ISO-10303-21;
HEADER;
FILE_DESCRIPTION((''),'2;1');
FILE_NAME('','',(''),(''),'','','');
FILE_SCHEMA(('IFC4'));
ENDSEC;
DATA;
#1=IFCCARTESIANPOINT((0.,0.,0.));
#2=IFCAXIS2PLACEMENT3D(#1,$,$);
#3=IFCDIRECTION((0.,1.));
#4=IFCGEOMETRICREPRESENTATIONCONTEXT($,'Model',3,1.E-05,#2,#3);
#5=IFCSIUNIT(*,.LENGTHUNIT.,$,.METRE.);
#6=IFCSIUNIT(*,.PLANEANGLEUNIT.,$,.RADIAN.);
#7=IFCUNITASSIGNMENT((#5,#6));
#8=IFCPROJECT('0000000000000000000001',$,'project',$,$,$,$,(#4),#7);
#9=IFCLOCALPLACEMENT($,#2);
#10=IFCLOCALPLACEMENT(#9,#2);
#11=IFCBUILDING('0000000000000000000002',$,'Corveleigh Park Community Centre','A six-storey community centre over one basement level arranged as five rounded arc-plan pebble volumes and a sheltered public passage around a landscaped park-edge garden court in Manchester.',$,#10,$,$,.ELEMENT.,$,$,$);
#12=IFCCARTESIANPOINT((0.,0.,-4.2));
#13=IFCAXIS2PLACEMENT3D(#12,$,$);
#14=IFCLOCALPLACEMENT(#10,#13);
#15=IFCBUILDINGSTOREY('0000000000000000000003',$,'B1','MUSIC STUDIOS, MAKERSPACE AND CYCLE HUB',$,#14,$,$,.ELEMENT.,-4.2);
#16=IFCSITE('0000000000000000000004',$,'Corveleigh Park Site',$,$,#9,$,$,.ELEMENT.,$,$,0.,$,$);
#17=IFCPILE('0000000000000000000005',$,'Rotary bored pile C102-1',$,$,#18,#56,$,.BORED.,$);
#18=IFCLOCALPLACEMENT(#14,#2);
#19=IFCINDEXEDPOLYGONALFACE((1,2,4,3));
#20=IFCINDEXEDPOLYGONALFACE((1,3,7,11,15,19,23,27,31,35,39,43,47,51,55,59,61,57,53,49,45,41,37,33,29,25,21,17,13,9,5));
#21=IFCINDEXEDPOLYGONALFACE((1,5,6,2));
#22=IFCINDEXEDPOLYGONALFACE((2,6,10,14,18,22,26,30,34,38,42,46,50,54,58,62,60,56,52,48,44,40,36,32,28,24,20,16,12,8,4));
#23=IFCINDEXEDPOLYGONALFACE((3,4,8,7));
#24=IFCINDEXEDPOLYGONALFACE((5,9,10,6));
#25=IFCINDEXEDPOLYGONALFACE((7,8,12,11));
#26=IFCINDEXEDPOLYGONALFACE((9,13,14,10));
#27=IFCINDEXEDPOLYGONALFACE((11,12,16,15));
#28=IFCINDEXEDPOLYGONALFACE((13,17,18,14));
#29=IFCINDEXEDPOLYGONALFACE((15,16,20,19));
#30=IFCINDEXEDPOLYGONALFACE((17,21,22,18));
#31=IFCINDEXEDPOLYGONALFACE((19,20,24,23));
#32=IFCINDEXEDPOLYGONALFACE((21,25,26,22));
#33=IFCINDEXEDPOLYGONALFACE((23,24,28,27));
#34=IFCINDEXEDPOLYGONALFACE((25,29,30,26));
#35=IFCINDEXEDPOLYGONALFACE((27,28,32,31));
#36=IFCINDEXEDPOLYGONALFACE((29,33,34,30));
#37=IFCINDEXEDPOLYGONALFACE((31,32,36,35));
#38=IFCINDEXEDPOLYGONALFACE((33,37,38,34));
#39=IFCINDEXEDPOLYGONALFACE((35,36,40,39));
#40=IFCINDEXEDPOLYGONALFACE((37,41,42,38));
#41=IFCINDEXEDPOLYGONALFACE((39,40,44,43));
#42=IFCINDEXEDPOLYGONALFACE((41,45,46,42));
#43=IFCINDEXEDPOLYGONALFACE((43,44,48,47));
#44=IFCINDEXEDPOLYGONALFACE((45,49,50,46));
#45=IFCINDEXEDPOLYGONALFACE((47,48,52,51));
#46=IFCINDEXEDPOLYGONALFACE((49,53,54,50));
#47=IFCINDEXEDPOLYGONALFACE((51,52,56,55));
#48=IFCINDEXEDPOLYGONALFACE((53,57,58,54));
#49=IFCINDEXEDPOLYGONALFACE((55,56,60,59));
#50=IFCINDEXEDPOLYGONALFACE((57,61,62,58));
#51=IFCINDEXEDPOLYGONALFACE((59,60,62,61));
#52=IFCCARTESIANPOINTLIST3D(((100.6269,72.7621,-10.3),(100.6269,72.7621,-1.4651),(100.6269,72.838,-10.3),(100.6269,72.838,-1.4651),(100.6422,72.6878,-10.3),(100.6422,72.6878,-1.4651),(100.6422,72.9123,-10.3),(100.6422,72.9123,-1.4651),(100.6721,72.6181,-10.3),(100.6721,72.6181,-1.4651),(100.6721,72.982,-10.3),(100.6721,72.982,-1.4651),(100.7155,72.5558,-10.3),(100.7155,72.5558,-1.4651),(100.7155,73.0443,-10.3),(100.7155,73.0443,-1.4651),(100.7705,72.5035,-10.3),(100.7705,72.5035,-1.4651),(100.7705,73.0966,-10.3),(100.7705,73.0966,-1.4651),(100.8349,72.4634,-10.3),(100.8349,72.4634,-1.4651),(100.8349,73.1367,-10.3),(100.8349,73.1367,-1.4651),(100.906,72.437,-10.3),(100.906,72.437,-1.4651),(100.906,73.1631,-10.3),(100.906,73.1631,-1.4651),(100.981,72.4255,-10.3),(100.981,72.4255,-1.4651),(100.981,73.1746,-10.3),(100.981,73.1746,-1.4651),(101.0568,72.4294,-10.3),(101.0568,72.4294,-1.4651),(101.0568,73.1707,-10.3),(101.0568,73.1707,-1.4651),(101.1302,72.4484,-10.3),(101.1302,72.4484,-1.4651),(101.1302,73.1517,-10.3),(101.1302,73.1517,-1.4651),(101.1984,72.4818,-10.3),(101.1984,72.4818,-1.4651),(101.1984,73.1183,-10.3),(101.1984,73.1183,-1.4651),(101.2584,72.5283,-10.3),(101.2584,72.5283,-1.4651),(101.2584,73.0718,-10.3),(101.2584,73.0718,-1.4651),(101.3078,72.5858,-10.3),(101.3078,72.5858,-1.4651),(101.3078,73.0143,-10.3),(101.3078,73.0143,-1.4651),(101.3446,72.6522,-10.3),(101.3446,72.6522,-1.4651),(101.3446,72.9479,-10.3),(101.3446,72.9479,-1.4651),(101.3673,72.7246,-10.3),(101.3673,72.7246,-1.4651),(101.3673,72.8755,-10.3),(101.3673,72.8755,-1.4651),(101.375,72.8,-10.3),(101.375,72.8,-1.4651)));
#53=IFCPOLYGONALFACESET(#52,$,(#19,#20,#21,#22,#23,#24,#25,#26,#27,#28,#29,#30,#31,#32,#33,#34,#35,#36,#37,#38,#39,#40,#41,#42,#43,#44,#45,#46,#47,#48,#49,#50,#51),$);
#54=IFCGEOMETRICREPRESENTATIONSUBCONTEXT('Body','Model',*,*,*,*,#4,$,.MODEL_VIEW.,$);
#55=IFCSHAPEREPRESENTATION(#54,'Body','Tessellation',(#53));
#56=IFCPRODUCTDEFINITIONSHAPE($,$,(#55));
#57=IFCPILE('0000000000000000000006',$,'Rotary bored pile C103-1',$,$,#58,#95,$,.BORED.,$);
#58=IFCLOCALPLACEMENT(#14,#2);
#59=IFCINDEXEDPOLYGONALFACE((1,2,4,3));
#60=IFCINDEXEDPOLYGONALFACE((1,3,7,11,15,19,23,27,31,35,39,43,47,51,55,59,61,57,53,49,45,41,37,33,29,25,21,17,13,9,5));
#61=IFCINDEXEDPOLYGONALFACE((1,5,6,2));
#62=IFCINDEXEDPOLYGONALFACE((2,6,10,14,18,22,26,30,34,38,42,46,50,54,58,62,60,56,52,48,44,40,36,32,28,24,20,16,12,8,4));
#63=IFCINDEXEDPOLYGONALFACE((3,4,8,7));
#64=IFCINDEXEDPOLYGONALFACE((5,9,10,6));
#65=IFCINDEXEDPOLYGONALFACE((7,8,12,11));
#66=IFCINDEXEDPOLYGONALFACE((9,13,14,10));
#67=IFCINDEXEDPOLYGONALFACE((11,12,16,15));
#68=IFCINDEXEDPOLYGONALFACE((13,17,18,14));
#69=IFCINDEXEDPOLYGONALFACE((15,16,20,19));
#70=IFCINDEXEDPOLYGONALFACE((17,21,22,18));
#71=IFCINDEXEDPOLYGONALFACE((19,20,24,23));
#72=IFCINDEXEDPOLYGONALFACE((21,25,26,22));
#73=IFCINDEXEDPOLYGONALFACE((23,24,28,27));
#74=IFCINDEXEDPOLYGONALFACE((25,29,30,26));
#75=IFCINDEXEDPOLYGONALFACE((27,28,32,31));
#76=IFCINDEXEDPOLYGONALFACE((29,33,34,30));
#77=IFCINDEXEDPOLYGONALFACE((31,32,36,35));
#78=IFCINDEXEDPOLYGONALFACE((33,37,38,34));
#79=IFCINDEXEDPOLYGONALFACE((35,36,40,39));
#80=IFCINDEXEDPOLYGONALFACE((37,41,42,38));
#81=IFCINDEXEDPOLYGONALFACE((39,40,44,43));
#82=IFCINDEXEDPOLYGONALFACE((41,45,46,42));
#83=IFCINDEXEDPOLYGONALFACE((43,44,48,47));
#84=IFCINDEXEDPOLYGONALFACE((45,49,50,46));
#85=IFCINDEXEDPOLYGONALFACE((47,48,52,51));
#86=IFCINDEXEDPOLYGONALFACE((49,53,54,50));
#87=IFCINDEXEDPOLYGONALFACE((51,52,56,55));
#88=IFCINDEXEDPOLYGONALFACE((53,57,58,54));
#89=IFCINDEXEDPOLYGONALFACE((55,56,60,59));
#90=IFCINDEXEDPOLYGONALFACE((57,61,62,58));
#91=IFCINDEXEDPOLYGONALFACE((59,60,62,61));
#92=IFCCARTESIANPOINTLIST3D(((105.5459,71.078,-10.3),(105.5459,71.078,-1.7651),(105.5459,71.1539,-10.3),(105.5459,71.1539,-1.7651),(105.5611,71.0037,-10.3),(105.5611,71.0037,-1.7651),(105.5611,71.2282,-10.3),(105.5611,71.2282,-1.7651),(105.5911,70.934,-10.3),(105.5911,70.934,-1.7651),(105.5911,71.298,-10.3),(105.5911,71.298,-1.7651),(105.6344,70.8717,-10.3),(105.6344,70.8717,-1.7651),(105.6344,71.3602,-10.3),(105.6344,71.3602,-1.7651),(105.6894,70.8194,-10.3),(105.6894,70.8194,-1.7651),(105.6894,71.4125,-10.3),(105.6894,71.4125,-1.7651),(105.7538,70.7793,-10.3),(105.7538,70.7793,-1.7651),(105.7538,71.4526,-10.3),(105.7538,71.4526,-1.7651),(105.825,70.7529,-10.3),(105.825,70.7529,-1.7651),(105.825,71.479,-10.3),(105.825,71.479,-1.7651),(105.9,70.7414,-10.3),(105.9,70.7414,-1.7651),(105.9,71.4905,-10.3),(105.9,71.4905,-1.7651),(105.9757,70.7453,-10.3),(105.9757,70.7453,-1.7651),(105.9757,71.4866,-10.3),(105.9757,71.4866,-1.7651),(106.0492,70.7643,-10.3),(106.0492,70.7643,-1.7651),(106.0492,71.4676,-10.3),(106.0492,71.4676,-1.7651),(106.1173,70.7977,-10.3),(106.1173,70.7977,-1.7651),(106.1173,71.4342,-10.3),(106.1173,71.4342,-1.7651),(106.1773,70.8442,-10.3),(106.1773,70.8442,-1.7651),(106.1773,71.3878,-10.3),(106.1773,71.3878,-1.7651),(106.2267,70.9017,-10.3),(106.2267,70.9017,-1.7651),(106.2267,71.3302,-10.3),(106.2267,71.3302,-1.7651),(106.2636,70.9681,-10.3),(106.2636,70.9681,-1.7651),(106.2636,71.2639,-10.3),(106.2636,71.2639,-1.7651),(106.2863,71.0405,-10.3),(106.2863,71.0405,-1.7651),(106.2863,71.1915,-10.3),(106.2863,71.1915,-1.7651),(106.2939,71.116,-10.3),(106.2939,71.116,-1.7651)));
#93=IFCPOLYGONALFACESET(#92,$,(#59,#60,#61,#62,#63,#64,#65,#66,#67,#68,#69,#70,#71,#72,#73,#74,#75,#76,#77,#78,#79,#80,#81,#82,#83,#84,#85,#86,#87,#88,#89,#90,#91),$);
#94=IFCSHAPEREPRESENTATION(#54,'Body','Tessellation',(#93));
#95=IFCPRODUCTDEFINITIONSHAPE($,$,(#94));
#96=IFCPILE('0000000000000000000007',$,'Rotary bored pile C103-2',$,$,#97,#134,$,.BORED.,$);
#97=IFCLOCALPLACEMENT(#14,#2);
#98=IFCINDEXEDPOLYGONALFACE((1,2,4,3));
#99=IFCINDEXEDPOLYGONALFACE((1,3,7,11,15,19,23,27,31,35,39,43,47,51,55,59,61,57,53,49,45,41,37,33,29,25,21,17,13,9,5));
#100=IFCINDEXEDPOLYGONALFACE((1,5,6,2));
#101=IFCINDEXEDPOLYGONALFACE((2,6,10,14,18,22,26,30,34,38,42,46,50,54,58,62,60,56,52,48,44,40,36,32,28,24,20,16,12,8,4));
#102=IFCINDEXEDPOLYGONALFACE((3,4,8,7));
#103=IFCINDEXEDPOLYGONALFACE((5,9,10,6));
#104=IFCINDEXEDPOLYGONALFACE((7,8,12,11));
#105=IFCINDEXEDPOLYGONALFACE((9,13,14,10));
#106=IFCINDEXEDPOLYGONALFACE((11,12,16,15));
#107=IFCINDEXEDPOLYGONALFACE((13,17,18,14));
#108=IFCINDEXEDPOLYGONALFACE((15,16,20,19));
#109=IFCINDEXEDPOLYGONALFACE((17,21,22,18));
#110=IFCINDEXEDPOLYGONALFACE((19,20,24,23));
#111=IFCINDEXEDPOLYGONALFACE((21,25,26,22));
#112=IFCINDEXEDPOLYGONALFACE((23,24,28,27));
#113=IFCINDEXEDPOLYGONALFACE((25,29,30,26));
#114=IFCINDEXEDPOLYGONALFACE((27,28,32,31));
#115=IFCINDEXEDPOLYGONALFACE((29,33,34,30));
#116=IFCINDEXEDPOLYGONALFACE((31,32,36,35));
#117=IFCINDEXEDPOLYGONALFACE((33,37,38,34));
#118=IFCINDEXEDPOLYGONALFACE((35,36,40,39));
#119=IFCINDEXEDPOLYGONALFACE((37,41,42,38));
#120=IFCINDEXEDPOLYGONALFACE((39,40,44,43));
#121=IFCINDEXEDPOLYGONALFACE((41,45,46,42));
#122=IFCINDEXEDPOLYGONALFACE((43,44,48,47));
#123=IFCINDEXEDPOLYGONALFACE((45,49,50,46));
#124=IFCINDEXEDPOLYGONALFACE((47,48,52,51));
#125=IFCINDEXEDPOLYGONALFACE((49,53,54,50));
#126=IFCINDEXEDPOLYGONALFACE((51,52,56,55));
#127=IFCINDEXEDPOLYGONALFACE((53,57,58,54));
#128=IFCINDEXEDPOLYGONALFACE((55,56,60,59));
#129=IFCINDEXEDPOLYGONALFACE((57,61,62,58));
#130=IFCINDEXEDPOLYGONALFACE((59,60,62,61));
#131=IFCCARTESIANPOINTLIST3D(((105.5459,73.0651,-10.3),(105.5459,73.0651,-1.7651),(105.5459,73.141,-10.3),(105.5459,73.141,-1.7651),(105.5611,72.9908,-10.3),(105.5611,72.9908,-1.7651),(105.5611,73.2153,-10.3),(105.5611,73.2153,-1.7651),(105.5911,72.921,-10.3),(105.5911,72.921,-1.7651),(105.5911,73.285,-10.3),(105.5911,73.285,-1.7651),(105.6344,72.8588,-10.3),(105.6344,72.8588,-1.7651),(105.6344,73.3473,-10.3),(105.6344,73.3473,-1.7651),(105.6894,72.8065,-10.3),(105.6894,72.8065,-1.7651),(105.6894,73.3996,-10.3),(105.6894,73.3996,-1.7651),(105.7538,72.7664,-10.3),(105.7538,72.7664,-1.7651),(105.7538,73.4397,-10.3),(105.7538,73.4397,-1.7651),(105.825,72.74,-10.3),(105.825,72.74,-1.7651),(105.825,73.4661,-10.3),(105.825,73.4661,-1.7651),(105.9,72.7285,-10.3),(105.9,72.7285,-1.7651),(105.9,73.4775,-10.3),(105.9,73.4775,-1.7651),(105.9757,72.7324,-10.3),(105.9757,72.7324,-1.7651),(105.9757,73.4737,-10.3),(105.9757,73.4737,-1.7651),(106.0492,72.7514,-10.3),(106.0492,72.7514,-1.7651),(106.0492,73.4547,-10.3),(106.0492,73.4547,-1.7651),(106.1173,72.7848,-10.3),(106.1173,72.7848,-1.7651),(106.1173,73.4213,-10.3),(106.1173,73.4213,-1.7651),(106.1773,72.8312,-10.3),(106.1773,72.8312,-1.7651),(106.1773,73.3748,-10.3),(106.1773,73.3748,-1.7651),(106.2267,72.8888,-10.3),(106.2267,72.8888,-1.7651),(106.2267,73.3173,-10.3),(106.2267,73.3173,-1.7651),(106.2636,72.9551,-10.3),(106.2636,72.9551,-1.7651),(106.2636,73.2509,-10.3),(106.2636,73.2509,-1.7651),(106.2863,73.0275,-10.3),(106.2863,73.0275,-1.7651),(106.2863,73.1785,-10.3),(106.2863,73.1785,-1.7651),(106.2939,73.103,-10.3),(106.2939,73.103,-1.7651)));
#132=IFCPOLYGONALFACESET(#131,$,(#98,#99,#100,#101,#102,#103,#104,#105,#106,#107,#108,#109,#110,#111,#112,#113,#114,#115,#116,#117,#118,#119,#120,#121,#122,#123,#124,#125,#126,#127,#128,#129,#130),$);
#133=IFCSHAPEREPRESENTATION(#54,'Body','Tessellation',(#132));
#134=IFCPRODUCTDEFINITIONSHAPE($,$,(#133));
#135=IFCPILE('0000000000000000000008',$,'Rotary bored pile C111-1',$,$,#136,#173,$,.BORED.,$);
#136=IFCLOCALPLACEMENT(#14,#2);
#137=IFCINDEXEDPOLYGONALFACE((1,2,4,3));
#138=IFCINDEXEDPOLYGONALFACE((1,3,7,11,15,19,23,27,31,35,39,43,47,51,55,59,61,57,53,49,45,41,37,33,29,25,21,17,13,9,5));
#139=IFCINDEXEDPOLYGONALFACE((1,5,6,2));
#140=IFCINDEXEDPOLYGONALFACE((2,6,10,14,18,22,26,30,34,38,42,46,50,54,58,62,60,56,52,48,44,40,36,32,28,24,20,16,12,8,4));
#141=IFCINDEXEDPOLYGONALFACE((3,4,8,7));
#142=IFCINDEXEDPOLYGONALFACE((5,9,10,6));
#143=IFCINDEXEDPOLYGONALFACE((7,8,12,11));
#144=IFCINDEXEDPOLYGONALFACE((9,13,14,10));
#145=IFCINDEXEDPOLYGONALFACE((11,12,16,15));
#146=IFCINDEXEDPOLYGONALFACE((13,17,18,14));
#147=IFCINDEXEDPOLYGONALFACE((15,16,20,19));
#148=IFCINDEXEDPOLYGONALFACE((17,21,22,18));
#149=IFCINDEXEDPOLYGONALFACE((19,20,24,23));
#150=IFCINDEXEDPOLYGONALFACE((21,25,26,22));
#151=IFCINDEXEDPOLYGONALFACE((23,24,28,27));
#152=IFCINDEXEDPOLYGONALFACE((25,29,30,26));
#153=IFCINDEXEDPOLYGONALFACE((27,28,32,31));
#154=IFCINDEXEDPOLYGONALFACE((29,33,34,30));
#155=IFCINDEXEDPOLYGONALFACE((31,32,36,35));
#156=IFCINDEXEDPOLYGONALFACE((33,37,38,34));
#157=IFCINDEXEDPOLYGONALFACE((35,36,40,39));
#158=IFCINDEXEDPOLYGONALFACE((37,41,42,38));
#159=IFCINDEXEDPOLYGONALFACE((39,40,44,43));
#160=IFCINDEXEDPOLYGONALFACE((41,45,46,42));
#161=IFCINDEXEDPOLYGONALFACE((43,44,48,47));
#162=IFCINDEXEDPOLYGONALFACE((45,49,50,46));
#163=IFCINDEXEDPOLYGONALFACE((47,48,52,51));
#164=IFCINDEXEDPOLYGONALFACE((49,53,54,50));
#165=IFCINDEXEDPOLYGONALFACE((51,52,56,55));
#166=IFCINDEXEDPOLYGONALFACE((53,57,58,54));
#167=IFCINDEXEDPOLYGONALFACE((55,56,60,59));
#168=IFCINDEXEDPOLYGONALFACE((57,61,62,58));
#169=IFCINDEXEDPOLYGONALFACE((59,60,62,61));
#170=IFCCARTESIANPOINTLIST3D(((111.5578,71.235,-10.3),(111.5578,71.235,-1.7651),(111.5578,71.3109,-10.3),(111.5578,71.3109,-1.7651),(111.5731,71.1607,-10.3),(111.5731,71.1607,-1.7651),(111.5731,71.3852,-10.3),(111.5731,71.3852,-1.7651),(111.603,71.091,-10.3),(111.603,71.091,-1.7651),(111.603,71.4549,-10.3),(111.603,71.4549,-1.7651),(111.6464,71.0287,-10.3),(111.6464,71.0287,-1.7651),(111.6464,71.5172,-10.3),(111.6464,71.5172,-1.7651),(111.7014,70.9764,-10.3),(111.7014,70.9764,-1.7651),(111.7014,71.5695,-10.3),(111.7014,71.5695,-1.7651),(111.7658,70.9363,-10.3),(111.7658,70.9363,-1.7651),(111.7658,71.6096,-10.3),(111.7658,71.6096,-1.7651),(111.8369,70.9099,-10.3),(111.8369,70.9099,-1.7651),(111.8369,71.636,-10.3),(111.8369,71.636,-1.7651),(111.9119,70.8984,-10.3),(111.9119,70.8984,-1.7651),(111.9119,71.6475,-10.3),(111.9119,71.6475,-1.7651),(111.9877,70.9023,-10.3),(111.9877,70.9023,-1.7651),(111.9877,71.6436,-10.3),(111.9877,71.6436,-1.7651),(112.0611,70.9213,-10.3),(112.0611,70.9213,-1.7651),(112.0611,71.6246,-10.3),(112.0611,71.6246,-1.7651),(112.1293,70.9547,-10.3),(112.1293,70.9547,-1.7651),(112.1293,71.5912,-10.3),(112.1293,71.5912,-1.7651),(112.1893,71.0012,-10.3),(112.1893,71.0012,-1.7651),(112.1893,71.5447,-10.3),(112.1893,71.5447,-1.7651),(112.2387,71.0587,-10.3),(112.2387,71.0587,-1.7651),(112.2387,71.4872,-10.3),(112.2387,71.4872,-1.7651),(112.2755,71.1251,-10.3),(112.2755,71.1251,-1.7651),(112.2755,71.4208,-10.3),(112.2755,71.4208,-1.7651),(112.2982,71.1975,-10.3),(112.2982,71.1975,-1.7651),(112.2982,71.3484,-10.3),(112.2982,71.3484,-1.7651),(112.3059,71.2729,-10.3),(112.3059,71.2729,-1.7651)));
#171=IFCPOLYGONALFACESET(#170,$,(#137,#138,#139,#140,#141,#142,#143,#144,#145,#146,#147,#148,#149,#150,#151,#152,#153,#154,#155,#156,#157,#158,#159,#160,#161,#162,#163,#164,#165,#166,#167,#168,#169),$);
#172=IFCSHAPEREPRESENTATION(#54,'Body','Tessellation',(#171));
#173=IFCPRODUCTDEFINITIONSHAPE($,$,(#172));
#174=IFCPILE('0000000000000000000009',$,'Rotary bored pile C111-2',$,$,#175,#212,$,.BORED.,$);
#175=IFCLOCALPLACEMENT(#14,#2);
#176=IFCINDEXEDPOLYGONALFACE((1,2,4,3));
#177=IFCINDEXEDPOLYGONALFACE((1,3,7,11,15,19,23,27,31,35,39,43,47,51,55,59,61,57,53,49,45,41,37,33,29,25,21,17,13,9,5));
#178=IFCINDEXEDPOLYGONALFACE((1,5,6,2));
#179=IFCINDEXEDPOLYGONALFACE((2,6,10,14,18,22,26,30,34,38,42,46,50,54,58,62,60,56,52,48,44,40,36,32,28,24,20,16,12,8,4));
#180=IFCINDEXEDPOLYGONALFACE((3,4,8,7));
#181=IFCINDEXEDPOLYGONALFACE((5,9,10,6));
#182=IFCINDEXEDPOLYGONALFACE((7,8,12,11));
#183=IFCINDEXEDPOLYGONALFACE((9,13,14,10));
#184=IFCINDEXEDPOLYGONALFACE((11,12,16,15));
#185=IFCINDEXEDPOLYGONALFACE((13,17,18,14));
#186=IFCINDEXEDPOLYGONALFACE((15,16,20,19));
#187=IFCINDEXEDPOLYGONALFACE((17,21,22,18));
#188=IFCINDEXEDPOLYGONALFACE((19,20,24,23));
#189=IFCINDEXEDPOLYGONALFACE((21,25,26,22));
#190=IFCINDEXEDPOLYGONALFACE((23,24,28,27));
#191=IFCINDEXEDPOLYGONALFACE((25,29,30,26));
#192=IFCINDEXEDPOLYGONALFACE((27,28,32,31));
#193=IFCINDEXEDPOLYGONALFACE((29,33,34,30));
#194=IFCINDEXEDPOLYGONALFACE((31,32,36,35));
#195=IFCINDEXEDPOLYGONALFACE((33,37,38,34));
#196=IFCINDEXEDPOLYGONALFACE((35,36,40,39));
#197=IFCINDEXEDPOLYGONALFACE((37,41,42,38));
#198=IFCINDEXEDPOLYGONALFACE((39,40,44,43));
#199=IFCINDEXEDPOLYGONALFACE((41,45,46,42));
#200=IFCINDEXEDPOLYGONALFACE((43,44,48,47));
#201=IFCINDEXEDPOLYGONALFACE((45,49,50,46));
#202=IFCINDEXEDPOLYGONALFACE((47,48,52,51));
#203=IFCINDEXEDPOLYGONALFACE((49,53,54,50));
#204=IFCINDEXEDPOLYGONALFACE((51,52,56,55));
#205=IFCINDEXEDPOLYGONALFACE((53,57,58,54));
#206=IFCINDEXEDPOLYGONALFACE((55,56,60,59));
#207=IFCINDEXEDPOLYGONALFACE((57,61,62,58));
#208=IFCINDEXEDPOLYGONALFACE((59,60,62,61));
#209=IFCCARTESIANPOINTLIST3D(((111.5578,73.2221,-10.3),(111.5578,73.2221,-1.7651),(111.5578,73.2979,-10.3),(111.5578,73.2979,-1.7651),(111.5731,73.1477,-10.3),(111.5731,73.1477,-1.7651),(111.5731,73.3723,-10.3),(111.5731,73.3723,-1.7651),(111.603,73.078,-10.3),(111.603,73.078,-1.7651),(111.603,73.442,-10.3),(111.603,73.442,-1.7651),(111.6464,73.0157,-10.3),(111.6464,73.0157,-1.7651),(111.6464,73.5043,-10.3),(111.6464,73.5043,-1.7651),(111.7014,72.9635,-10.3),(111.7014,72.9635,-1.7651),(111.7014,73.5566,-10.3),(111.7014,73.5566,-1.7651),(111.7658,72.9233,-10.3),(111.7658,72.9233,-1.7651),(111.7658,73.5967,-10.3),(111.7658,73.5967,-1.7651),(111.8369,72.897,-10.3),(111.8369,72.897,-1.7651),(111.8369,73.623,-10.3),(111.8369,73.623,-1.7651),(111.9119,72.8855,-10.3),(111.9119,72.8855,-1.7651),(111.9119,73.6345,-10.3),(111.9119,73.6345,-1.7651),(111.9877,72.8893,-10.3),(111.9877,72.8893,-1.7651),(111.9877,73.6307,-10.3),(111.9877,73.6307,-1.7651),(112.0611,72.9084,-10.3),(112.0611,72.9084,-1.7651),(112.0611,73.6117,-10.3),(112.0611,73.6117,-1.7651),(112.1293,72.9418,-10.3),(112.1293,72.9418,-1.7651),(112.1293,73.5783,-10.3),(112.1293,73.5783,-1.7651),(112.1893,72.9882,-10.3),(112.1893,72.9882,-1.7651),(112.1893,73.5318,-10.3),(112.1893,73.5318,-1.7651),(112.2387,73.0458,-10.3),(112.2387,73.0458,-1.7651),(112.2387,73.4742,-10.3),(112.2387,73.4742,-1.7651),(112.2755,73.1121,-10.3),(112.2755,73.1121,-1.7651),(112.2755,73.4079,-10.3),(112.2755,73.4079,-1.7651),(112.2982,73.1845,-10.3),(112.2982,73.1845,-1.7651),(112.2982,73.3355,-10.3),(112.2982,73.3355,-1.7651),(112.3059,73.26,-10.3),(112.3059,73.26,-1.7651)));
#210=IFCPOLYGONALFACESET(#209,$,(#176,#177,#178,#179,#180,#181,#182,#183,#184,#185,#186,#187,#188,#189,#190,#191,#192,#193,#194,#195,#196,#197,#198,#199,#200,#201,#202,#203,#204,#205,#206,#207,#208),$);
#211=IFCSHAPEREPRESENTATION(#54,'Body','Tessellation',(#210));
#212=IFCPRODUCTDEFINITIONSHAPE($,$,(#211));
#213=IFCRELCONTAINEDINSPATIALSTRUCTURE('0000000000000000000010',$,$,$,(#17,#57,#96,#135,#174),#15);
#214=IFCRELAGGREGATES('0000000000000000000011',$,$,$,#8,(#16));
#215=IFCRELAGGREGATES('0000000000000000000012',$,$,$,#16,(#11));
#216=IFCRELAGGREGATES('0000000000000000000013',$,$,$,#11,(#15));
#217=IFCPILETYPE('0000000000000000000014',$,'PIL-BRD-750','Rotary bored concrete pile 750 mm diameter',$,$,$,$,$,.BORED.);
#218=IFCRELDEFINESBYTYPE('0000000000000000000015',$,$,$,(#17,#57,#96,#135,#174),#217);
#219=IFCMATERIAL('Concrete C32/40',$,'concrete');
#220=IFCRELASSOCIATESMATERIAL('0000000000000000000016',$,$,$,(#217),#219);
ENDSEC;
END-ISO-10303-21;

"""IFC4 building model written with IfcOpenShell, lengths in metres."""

from ifc_helpers import new_model, si_unit, direction, frame, origin, origin_2d, place, context, subcontext, project, spatial, circle, extrude, material, material_profile, profile_set, type_object, element, save


model = new_model("IFC4")

# Units and contexts
model_context = context("Model", 3, precision=1e-05, world=origin(), true_north=direction((0.0, 1.0)))
body_context = subcontext(model_context, "Body", "Model", "MODEL_VIEW")
ifc_project = project(units=[si_unit("LENGTHUNIT", "METRE"), si_unit("PLANEANGLEUNIT", "RADIAN")], contexts=[model_context])

# Site, building, storey
site_placement = place(None, origin())
site = spatial("IfcSite", under=ifc_project, at=site_placement, Name="Corveleigh Park Site", CompositionType="ELEMENT", RefElevation=0.0)
building_placement = place(site_placement, origin())
building = spatial("IfcBuilding", under=site, at=building_placement, Name="Corveleigh Park Community Centre", Description="A six-storey community centre over one basement level arranged as five rounded arc-plan pebble volumes and a sheltered public passage around a landscaped park-edge garden court in Manchester.", CompositionType="ELEMENT")
storey_placement = place(building_placement, frame((0.0, 0.0, -4.2)))
storey = spatial("IfcBuildingStorey", under=building, at=storey_placement, Name="B1", Description="MUSIC STUDIOS, MAKERSPACE AND CYCLE HUB", CompositionType="ELEMENT", Elevation=-4.2)

# Piles
ifc_material_1 = material(Name="Concrete C32/40", Category="concrete")
ifc_material_profile_1 = material_profile(ifc_material_1, circle(Radius=0.375, at=origin_2d()), Name="BORED-PILE-750", Category="concrete")
ifc_profile_set_1 = profile_set([ifc_material_profile_1], Name="Concrete C32/40")
pile_type = type_object("IfcPileType", Name="PIL-BRD-750", Description="Rotary bored concrete pile 750 mm diameter", PredefinedType="BORED", material=ifc_profile_set_1)
pile_1_placement = place(storey_placement, frame((101.0, 72.8, -1.4651), z_axis=(0.0, 0.0, -1.0), x_axis=(1.0, 0.0, 0.0)))
element("IfcPile", 1, at=pile_1_placement, inside=storey, type_object=pile_type, Name="Rotary bored pile C102-1", PredefinedType="BORED", context=body_context, shape_type="SweptSolid", body=[
    extrude(circle(Radius=0.375, at=origin_2d()), origin(), (0.0, 0.0, 1.0), 8.835),
])
for number, where, z_axis, x_axis, name in (
    (2, (105.9189, 71.116, -1.7651), (0.0, 0.0, -1.0), (1.0, 0.0, 0.0), "Rotary bored pile C103-1"),
    (3, (105.9189, 73.103, -1.7651), (0.0, 0.0, -1.0), (1.0, 0.0, 0.0), "Rotary bored pile C103-2"),
    (4, (111.9309, 71.2729, -1.7651), (0.0, 0.0, -1.0), (1.0, 0.0, 0.0), "Rotary bored pile C111-1"),
    (5, (111.9309, 73.26, -1.7651), (0.0, 0.0, -1.0), (1.0, 0.0, 0.0), "Rotary bored pile C111-2"),
):
    element("IfcPile", number, at=place(storey_placement, frame(where, z_axis=z_axis, x_axis=x_axis)), inside=storey, type_object=pile_type, Name=name, PredefinedType="BORED", context=body_context, shape_type="SweptSolid", body=[
        extrude(circle(Radius=0.375, at=origin_2d()), origin(), (0.0, 0.0, 1.0), 8.5349),
    ])

save(model, "model.ifc")
